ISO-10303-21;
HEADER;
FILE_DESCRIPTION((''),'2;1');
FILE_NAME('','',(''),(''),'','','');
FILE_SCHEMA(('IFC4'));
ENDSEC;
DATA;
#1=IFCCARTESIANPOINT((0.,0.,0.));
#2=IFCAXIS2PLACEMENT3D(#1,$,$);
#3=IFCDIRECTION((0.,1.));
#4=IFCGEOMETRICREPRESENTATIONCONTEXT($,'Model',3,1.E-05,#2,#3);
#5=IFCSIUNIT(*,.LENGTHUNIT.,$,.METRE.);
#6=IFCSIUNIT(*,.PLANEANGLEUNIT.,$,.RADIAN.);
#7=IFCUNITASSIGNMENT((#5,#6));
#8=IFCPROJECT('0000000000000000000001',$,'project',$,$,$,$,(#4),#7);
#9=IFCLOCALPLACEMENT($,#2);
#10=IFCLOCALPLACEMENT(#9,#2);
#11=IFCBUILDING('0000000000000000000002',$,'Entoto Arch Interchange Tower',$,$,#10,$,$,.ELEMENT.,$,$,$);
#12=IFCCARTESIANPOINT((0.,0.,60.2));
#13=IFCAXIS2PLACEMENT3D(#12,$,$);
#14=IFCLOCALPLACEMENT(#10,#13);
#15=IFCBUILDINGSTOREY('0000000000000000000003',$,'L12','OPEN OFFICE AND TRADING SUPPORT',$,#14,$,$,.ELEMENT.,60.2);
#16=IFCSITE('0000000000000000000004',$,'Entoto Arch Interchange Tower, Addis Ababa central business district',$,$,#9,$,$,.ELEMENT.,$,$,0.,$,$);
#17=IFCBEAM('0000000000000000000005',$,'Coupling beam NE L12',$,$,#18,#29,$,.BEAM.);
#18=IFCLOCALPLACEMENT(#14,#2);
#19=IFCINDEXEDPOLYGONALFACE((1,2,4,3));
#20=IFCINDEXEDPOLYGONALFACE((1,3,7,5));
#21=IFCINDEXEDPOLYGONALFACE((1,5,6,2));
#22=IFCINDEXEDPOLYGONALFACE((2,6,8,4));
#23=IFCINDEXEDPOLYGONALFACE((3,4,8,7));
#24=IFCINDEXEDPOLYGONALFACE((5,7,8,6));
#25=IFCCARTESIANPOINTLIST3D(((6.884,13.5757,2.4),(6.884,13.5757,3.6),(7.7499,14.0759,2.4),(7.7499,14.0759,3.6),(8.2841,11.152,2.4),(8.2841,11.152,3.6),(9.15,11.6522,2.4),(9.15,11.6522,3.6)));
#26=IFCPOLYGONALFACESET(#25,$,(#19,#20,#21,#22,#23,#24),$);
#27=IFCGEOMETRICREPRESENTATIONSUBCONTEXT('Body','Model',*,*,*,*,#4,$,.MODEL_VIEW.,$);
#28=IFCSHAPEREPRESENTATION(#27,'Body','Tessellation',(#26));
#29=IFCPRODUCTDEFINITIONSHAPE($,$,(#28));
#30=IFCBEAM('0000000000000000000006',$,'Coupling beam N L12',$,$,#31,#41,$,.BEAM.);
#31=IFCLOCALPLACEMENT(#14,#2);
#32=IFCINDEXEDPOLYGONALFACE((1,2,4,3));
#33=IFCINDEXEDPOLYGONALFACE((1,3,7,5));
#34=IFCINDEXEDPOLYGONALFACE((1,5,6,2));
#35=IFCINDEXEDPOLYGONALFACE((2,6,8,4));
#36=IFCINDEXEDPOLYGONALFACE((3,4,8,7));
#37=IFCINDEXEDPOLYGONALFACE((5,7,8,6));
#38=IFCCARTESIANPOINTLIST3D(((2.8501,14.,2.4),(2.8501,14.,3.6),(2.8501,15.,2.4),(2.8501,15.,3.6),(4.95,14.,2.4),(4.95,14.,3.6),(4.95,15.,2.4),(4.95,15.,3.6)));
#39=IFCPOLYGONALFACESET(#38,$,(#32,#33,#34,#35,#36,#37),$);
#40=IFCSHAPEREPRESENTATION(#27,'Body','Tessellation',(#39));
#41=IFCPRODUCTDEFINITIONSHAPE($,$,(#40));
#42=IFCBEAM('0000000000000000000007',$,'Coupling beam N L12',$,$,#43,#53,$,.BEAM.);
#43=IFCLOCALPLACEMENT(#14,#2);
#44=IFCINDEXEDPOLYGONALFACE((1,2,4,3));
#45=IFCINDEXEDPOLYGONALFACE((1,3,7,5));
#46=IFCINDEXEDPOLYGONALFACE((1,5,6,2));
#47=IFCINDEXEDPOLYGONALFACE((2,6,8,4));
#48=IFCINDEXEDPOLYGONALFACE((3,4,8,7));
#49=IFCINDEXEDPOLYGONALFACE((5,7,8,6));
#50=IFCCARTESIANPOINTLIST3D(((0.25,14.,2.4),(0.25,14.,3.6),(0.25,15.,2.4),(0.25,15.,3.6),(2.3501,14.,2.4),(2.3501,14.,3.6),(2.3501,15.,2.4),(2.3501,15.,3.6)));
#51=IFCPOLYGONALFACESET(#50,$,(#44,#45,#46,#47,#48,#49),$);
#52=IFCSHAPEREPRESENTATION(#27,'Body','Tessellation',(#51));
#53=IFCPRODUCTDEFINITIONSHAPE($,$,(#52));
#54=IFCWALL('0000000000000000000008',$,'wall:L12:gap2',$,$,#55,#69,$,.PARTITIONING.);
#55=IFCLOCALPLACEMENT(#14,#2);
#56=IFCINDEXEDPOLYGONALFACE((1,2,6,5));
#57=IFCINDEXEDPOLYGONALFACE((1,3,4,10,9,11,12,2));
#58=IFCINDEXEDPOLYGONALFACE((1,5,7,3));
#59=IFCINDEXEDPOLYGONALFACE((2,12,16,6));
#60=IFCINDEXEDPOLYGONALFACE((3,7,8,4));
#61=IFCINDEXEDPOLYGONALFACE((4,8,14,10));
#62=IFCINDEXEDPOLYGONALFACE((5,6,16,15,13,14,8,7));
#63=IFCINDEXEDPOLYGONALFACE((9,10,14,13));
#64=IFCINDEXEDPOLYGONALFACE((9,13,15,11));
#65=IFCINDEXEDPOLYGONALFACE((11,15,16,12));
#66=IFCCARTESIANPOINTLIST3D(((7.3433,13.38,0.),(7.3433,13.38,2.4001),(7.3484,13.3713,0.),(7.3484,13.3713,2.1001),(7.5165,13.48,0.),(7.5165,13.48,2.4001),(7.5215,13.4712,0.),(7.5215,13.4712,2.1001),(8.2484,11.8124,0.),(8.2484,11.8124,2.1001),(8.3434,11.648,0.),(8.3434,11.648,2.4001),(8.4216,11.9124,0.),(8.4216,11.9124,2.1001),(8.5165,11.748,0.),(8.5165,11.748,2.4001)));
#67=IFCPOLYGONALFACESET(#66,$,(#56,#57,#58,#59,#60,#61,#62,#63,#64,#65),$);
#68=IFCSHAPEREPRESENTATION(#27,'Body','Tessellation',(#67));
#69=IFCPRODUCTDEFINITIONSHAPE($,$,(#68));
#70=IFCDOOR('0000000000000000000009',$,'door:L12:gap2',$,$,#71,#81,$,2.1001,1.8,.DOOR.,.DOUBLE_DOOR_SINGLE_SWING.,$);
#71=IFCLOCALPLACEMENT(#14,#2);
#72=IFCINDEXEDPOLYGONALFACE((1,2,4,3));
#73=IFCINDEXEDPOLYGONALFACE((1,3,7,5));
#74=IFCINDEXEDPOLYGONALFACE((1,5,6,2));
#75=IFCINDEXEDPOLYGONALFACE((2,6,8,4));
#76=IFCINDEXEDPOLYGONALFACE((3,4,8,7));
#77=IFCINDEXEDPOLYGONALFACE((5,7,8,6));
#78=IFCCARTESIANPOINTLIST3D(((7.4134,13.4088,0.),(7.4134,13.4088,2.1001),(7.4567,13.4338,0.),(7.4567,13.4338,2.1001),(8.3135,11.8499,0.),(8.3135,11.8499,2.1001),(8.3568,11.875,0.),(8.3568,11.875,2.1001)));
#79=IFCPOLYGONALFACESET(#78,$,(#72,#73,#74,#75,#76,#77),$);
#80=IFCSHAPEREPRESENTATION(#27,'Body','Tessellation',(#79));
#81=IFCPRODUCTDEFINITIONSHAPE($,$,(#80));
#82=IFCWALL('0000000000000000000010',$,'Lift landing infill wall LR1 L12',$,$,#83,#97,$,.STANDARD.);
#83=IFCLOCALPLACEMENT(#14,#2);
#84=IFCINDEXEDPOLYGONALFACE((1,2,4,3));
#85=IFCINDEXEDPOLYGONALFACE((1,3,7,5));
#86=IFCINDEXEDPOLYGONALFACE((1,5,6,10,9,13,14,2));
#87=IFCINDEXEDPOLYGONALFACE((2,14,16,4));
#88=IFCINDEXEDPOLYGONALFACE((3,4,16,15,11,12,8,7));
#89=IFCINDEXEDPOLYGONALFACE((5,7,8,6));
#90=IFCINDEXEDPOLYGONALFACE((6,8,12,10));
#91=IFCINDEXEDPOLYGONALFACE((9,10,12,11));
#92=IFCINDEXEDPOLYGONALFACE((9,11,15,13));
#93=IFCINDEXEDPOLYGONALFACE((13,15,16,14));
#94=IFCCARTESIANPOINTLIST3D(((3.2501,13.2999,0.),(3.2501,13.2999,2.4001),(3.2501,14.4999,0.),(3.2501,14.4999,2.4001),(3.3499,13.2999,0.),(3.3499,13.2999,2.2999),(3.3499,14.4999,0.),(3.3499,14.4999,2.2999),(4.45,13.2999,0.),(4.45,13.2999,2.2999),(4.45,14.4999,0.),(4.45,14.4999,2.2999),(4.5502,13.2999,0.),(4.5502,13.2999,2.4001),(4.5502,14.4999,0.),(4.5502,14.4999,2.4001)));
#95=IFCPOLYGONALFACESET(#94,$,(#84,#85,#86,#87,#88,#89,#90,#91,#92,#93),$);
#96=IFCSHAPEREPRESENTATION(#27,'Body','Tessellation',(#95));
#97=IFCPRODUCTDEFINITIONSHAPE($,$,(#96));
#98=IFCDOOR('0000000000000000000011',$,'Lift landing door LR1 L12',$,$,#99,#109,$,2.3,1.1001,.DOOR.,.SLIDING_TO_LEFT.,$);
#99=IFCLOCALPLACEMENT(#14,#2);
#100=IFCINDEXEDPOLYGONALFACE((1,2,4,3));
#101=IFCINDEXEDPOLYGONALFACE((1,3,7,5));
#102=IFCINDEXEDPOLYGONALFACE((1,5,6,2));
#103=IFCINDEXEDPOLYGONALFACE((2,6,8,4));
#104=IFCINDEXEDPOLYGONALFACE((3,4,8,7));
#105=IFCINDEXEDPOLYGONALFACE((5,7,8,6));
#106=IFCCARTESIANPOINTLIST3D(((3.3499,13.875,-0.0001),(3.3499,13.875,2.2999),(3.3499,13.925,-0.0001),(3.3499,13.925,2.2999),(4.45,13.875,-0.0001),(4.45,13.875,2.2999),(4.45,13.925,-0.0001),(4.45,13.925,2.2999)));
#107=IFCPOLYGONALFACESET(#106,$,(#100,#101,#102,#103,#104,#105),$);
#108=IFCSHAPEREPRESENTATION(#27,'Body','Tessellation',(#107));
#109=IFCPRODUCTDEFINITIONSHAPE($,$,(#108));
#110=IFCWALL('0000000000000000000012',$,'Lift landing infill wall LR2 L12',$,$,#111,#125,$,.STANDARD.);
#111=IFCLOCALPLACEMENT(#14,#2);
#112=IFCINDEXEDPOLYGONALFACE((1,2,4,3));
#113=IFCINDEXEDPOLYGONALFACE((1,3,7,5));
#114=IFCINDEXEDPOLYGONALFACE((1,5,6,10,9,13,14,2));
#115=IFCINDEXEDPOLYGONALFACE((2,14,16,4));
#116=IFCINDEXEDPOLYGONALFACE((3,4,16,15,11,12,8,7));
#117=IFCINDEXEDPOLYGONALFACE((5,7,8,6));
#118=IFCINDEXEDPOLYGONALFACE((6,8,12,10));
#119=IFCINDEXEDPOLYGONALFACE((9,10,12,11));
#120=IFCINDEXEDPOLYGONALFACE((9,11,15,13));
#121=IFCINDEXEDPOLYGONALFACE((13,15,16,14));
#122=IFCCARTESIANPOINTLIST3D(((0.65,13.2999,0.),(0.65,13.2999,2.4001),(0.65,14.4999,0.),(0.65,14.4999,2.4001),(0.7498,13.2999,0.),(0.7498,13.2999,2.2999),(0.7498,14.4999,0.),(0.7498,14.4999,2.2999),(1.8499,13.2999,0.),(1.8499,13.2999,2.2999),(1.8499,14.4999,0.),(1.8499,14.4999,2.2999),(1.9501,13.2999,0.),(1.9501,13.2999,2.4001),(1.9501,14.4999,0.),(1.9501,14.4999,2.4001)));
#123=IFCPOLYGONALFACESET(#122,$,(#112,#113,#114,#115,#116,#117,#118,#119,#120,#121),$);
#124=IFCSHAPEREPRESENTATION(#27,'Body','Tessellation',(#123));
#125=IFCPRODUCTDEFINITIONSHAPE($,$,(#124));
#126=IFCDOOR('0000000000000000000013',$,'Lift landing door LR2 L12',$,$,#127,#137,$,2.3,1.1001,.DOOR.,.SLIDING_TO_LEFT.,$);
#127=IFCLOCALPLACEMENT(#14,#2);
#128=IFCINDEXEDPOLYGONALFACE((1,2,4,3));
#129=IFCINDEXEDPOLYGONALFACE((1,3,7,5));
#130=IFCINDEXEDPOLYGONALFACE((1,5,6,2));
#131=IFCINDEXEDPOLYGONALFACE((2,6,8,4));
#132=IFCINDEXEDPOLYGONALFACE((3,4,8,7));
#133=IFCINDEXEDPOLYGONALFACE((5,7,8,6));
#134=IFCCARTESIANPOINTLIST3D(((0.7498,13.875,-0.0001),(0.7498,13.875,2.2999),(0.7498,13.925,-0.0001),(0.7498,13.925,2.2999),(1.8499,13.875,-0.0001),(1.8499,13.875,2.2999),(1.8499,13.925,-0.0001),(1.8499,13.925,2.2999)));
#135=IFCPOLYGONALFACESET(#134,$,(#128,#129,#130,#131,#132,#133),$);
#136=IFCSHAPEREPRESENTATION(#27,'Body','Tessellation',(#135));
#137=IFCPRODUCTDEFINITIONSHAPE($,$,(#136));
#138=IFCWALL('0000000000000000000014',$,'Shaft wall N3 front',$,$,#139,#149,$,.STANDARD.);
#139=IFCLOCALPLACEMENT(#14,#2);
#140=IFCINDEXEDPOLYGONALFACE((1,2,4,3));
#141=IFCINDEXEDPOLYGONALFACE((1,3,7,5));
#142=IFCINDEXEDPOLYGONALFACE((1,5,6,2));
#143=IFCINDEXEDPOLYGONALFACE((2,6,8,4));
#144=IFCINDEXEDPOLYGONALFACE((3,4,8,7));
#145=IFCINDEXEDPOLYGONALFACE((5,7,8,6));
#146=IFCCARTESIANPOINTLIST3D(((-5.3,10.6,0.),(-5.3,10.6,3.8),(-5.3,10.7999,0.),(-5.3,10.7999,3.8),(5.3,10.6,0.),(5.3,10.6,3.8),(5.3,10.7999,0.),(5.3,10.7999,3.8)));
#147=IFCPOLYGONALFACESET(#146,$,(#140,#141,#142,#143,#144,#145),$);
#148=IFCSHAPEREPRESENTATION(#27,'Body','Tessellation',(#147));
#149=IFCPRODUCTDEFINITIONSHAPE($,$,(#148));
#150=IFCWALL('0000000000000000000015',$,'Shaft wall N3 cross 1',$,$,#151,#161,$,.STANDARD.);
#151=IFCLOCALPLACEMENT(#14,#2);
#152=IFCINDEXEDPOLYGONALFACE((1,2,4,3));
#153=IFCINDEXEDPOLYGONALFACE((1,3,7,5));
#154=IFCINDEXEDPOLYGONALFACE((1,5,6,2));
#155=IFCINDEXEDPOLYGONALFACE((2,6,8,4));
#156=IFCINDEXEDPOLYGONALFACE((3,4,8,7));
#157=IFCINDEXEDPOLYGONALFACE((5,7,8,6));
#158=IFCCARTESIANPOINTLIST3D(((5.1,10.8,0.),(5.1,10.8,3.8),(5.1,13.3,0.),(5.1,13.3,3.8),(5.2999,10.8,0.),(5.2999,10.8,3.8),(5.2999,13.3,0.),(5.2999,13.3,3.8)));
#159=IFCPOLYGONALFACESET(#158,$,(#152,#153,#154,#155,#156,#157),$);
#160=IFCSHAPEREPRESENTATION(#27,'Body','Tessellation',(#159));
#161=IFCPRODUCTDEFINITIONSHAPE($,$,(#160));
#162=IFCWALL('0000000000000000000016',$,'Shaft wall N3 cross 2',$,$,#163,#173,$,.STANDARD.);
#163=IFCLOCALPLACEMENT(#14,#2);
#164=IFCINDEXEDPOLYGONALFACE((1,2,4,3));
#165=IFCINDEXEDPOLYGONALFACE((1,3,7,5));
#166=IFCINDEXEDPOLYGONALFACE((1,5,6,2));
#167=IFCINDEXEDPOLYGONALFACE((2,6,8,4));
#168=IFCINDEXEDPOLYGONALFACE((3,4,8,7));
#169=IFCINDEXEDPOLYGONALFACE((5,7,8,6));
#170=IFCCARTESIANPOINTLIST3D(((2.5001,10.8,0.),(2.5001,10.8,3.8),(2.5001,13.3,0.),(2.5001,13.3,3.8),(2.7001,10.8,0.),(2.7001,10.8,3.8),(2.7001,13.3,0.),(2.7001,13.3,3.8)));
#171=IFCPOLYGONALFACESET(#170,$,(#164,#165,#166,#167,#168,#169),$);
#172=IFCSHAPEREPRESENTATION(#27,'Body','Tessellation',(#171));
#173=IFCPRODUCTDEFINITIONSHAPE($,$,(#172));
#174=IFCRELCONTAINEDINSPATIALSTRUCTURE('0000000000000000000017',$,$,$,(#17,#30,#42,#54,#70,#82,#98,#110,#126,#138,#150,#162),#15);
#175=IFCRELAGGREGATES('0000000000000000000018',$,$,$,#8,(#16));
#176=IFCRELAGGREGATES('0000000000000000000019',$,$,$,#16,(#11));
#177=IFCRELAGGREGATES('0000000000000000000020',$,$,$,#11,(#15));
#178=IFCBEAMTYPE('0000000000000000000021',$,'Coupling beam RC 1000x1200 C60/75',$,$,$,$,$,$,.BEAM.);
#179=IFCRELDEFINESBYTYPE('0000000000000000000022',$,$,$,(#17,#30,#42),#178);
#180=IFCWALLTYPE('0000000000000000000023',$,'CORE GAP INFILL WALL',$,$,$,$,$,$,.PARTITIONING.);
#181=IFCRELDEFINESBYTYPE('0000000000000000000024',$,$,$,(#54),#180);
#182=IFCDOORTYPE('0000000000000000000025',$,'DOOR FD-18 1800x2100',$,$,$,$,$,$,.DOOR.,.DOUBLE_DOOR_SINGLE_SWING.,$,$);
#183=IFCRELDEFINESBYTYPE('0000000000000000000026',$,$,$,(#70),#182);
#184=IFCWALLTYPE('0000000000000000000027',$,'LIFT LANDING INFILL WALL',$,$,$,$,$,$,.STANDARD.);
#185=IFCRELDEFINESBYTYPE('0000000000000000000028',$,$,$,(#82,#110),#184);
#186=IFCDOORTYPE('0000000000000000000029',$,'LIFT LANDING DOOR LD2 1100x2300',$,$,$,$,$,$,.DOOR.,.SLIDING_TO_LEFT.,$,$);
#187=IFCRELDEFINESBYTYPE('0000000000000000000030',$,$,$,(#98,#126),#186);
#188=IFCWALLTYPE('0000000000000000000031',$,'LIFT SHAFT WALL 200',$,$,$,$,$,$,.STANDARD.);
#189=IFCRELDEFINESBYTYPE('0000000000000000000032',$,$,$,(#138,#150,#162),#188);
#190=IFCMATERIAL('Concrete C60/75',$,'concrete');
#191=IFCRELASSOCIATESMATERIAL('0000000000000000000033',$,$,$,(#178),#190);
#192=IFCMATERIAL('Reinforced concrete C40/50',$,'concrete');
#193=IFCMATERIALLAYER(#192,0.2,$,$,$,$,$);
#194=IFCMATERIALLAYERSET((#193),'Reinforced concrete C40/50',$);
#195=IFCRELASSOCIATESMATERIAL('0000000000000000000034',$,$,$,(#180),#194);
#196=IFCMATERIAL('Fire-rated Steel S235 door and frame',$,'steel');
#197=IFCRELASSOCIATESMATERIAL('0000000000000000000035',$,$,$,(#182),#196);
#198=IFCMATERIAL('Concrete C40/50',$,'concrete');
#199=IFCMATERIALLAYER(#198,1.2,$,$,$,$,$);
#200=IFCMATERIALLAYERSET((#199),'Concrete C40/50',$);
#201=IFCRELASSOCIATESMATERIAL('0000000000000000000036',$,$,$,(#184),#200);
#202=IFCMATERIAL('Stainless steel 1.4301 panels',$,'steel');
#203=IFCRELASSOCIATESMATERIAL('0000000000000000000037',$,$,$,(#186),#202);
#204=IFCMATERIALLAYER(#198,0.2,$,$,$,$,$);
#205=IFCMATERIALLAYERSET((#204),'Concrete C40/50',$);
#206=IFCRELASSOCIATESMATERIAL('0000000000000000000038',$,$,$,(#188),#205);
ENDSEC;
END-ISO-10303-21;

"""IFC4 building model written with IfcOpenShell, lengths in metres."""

from ifc_helpers import new_model, si_unit, direction, frame, frame_2d, origin, origin_2d, place, context, subcontext, project, spatial, rectangle, extrude, material, layer, layer_set, material_profile, profile_set, type_object, element, fill, save


model = new_model("IFC4")

# Units and contexts
model_context = context("Model", 3, precision=1e-05, world=origin(), true_north=direction((0.0, 1.0)))
body_context = subcontext(model_context, "Body", "Model", "MODEL_VIEW")
ifc_project = project(units=[si_unit("LENGTHUNIT", "METRE"), si_unit("PLANEANGLEUNIT", "RADIAN")], contexts=[model_context])

# Site, building, storey
site_placement = place(None, origin())
site = spatial("IfcSite", under=ifc_project, at=site_placement, Name="Entoto Arch Interchange Tower, Addis Ababa central business district", CompositionType="ELEMENT", RefElevation=0.0)
building_placement = place(site_placement, origin())
building = spatial("IfcBuilding", under=site, at=building_placement, Name="Entoto Arch Interchange Tower", CompositionType="ELEMENT")
storey_placement = place(building_placement, frame((0.0, 0.0, 60.2)))
storey = spatial("IfcBuildingStorey", under=building, at=storey_placement, Name="L12", Description="OPEN OFFICE AND TRADING SUPPORT", CompositionType="ELEMENT", Elevation=60.2)

# Beams
ifc_material_1 = material(Name="Concrete C60/75", Category="concrete")
ifc_material_profile = material_profile(ifc_material_1, rectangle(XDim=1.0, YDim=1.2, at=origin_2d()))
ifc_profile_set = profile_set([ifc_material_profile], Name="Concrete C60/75")
beam_type = type_object("IfcBeamType", Name="Coupling beam RC 1000x1200 C60/75", PredefinedType="BEAM", material=ifc_profile_set)
beam_1_placement = place(storey_placement, frame((8.717, 11.4021, 3.0), z_axis=(-0.500201, 0.86591, 0.0), x_axis=(-0.86591, -0.500201, 0.0)))
element("IfcBeam", 1, at=beam_1_placement, inside=storey, type_object=beam_type, Name="Coupling beam NE L12", PredefinedType="BEAM", context=body_context, shape_type="SweptSolid", body=[
    extrude(rectangle(XDim=1.0, YDim=1.2, at=origin_2d()), origin(), (0.0, 0.0, 1.0), 2.7991),
])
beam_2_placement = place(storey_placement, frame((4.95, 14.5, 3.0), z_axis=(-1.0, 0.0, 0.0), x_axis=(0.0, -1.0, 0.0)))
element("IfcBeam", 2, at=beam_2_placement, inside=storey, type_object=beam_type, Name="Coupling beam N L12", PredefinedType="BEAM", context=body_context, shape_type="SweptSolid", body=[
    extrude(rectangle(XDim=1.0, YDim=1.2, at=origin_2d()), origin(), (0.0, 0.0, 1.0), 2.0999),
])
beam_3_placement = place(storey_placement, frame((2.3501, 14.5, 3.0), z_axis=(-1.0, 0.0, 0.0), x_axis=(0.0, -1.0, 0.0)))
element("IfcBeam", 3, at=beam_3_placement, inside=storey, type_object=beam_type, Name="Coupling beam N L12", PredefinedType="BEAM", context=body_context, shape_type="SweptSolid", body=[
    extrude(rectangle(XDim=1.0, YDim=1.2, at=origin_2d()), origin(), (0.0, 0.0, 1.0), 2.1001),
])

# Walls, openings, doors
ifc_material_2 = material(Name="Reinforced concrete C40/50", Category="concrete")
ifc_layer_1 = layer(ifc_material_2, 0.2)
ifc_layer_set_1 = layer_set([ifc_layer_1], Name="Reinforced concrete C40/50")
wall_type_1 = type_object("IfcWallType", Name="CORE GAP INFILL WALL", PredefinedType="PARTITIONING", material=ifc_layer_set_1)
wall_1_placement = place(storey_placement, frame((8.4299, 11.698, 0.0), z_axis=(0.0, 0.0, 1.0), x_axis=(-0.500025, 0.866011, 0.0)))
wall_1 = element("IfcWall", 4, at=wall_1_placement, inside=storey, type_object=wall_type_1, Name="wall:L12:gap2", PredefinedType="PARTITIONING", context=body_context, shape_type="SweptSolid", body=[
    extrude(rectangle(XDim=2.0, YDim=0.2, at=frame_2d((1.0, 0.0))), origin(), (0.0, 0.0, 1.0), 2.4001),
])
opening_1_placement = place(wall_1_placement, frame((0.1899, 0.0, 0.0)))
opening_1 = element("IfcOpeningElement", 5, at=opening_1_placement, cuts=wall_1, PredefinedType="OPENING", context=body_context, shape_type="SweptSolid", body=[
    extrude(rectangle(XDim=1.8, YDim=2.1001, at=frame_2d((0.8999, 1.05))), frame((0.0, 0.1099, 0.0), z_axis=(0.0, -1.0, 0.0), x_axis=(1.0, 0.0, 0.0)), (0.0, 0.0, 1.0), 0.22),
])
ifc_material_3 = material(Name="Fire-rated Steel S235 door and frame", Category="steel")
door_type_1 = type_object("IfcDoorType", Name="DOOR FD-18 1800x2100", OperationType="DOUBLE_DOOR_SINGLE_SWING", PredefinedType="DOOR", material=ifc_material_3)
door_1_placement = place(opening_1_placement, origin())
door_1 = element("IfcDoor", 6, at=door_1_placement, inside=storey, type_object=door_type_1, Name="door:L12:gap2", OperationType="DOUBLE_DOOR_SINGLE_SWING", OverallHeight=2.1001, OverallWidth=1.8, PredefinedType="DOOR", context=body_context, shape_type="SweptSolid", body=[
    extrude(rectangle(XDim=1.8, YDim=2.1001, at=frame_2d((0.8999, 1.05))), frame((0.0, 0.0249, 0.0), z_axis=(0.0, -1.0, 0.0), x_axis=(1.0, 0.0, 0.0)), (0.0, 0.0, 1.0), 0.05),
])
fill(opening_1, door_1)
ifc_material_4 = material(Name="Concrete C40/50", Category="concrete")
ifc_layer_2 = layer(ifc_material_4, 1.2)
ifc_layer_set_2 = layer_set([ifc_layer_2], Name="Concrete C40/50")
wall_type_2 = type_object("IfcWallType", Name="LIFT LANDING INFILL WALL", PredefinedType="STANDARD", material=ifc_layer_set_2)
wall_2_placement = place(storey_placement, frame((4.55, 13.8999, 0.0), z_axis=(0.0, 0.0, 1.0), x_axis=(-1.0, 0.0, 0.0)))
wall_2 = element("IfcWall", 7, at=wall_2_placement, inside=storey, type_object=wall_type_2, Name="Lift landing infill wall LR1 L12", PredefinedType="STANDARD", context=body_context, shape_type="SweptSolid", body=[
    extrude(rectangle(XDim=1.3, YDim=1.2, at=frame_2d((0.6499, 0.0))), origin(), (0.0, 0.0, 1.0), 2.4001),
])
opening_2_placement = place(wall_2_placement, frame((0.1001, 0.0, 0.0)))
opening_2 = element("IfcOpeningElement", 8, at=opening_2_placement, cuts=wall_2, PredefinedType="OPENING", context=body_context, shape_type="SweptSolid", body=[
    extrude(rectangle(XDim=1.1001, YDim=2.3, at=frame_2d((0.55, 1.1499))), frame((0.0, 0.6099, 0.0), z_axis=(0.0, -1.0, 0.0), x_axis=(1.0, 0.0, 0.0)), (0.0, 0.0, 1.0), 1.22),
])
ifc_material_5 = material(Name="Stainless steel 1.4301 panels", Category="steel")
door_type_2 = type_object("IfcDoorType", Name="LIFT LANDING DOOR LD2 1100x2300", OperationType="SLIDING_TO_LEFT", PredefinedType="DOOR", material=ifc_material_5)
door_2_placement = place(opening_2_placement, origin())
door_2 = element("IfcDoor", 9, at=door_2_placement, inside=storey, type_object=door_type_2, Name="Lift landing door LR1 L12", OperationType="SLIDING_TO_LEFT", OverallHeight=2.3, OverallWidth=1.1001, PredefinedType="DOOR", context=body_context, shape_type="SweptSolid", body=[
    extrude(rectangle(XDim=1.1001, YDim=2.3, at=frame_2d((0.55, 1.1499))), frame((0.0, 0.0249, 0.0), z_axis=(0.0, -1.0, 0.0), x_axis=(1.0, 0.0, 0.0)), (0.0, 0.0, 1.0), 0.05),
])
fill(opening_2, door_2)
wall_3_placement = place(storey_placement, frame((1.95, 13.8999, 0.0), z_axis=(0.0, 0.0, 1.0), x_axis=(-1.0, 0.0, 0.0)))
wall_3 = element("IfcWall", 10, at=wall_3_placement, inside=storey, type_object=wall_type_2, Name="Lift landing infill wall LR2 L12", PredefinedType="STANDARD", context=body_context, shape_type="SweptSolid", body=[
    extrude(rectangle(XDim=1.3, YDim=1.2, at=frame_2d((0.6499, 0.0))), origin(), (0.0, 0.0, 1.0), 2.4001),
])
opening_3_placement = place(wall_3_placement, frame((0.1001, 0.0, 0.0)))
opening_3 = element("IfcOpeningElement", 11, at=opening_3_placement, cuts=wall_3, PredefinedType="OPENING", context=body_context, shape_type="SweptSolid", body=[
    extrude(rectangle(XDim=1.1001, YDim=2.3, at=frame_2d((0.55, 1.1499))), frame((0.0, 0.6099, 0.0), z_axis=(0.0, -1.0, 0.0), x_axis=(1.0, 0.0, 0.0)), (0.0, 0.0, 1.0), 1.22),
])
door_3_placement = place(opening_3_placement, origin())
door_3 = element("IfcDoor", 12, at=door_3_placement, inside=storey, type_object=door_type_2, Name="Lift landing door LR2 L12", OperationType="SLIDING_TO_LEFT", OverallHeight=2.3, OverallWidth=1.1001, PredefinedType="DOOR", context=body_context, shape_type="SweptSolid", body=[
    extrude(rectangle(XDim=1.1001, YDim=2.3, at=frame_2d((0.55, 1.1499))), frame((0.0, 0.0249, 0.0), z_axis=(0.0, -1.0, 0.0), x_axis=(1.0, 0.0, 0.0)), (0.0, 0.0, 1.0), 0.05),
])
fill(opening_3, door_3)

# Walls
ifc_layer_3 = layer(ifc_material_4, 0.2)
ifc_layer_set_3 = layer_set([ifc_layer_3], Name="Concrete C40/50")
wall_type_3 = type_object("IfcWallType", Name="LIFT SHAFT WALL 200", PredefinedType="STANDARD", material=ifc_layer_set_3)
wall_4_placement = place(storey_placement, frame((5.3, 10.7, 0.0), z_axis=(0.0, 0.0, 1.0), x_axis=(-1.0, 0.0, 0.0)))
element("IfcWall", 13, at=wall_4_placement, inside=storey, type_object=wall_type_3, Name="Shaft wall N3 front", PredefinedType="STANDARD", context=body_context, shape_type="SweptSolid", body=[
    extrude(rectangle(XDim=10.6001, YDim=0.2, at=frame_2d((5.3, 0.0))), origin(), (0.0, 0.0, 1.0), 3.8),
])
for number, where, z_axis, x_axis, name in (
    (14, (5.2, 10.8, 0.0), (0.0, 0.0, 1.0), (0.0, 1.0, 0.0), "Shaft wall N3 cross 1"),
    (15, (2.6001, 10.8, 0.0), (0.0, 0.0, 1.0), (0.0, 1.0, 0.0), "Shaft wall N3 cross 2"),
):
    element("IfcWall", number, at=place(storey_placement, frame(where, z_axis=z_axis, x_axis=x_axis)), inside=storey, type_object=wall_type_3, Name=name, PredefinedType="STANDARD", context=body_context, shape_type="SweptSolid", body=[
        extrude(rectangle(XDim=2.5, YDim=0.2, at=frame_2d((1.25, 0.0))), origin(), (0.0, 0.0, 1.0), 3.8),
    ])

save(model, "model.ifc")
